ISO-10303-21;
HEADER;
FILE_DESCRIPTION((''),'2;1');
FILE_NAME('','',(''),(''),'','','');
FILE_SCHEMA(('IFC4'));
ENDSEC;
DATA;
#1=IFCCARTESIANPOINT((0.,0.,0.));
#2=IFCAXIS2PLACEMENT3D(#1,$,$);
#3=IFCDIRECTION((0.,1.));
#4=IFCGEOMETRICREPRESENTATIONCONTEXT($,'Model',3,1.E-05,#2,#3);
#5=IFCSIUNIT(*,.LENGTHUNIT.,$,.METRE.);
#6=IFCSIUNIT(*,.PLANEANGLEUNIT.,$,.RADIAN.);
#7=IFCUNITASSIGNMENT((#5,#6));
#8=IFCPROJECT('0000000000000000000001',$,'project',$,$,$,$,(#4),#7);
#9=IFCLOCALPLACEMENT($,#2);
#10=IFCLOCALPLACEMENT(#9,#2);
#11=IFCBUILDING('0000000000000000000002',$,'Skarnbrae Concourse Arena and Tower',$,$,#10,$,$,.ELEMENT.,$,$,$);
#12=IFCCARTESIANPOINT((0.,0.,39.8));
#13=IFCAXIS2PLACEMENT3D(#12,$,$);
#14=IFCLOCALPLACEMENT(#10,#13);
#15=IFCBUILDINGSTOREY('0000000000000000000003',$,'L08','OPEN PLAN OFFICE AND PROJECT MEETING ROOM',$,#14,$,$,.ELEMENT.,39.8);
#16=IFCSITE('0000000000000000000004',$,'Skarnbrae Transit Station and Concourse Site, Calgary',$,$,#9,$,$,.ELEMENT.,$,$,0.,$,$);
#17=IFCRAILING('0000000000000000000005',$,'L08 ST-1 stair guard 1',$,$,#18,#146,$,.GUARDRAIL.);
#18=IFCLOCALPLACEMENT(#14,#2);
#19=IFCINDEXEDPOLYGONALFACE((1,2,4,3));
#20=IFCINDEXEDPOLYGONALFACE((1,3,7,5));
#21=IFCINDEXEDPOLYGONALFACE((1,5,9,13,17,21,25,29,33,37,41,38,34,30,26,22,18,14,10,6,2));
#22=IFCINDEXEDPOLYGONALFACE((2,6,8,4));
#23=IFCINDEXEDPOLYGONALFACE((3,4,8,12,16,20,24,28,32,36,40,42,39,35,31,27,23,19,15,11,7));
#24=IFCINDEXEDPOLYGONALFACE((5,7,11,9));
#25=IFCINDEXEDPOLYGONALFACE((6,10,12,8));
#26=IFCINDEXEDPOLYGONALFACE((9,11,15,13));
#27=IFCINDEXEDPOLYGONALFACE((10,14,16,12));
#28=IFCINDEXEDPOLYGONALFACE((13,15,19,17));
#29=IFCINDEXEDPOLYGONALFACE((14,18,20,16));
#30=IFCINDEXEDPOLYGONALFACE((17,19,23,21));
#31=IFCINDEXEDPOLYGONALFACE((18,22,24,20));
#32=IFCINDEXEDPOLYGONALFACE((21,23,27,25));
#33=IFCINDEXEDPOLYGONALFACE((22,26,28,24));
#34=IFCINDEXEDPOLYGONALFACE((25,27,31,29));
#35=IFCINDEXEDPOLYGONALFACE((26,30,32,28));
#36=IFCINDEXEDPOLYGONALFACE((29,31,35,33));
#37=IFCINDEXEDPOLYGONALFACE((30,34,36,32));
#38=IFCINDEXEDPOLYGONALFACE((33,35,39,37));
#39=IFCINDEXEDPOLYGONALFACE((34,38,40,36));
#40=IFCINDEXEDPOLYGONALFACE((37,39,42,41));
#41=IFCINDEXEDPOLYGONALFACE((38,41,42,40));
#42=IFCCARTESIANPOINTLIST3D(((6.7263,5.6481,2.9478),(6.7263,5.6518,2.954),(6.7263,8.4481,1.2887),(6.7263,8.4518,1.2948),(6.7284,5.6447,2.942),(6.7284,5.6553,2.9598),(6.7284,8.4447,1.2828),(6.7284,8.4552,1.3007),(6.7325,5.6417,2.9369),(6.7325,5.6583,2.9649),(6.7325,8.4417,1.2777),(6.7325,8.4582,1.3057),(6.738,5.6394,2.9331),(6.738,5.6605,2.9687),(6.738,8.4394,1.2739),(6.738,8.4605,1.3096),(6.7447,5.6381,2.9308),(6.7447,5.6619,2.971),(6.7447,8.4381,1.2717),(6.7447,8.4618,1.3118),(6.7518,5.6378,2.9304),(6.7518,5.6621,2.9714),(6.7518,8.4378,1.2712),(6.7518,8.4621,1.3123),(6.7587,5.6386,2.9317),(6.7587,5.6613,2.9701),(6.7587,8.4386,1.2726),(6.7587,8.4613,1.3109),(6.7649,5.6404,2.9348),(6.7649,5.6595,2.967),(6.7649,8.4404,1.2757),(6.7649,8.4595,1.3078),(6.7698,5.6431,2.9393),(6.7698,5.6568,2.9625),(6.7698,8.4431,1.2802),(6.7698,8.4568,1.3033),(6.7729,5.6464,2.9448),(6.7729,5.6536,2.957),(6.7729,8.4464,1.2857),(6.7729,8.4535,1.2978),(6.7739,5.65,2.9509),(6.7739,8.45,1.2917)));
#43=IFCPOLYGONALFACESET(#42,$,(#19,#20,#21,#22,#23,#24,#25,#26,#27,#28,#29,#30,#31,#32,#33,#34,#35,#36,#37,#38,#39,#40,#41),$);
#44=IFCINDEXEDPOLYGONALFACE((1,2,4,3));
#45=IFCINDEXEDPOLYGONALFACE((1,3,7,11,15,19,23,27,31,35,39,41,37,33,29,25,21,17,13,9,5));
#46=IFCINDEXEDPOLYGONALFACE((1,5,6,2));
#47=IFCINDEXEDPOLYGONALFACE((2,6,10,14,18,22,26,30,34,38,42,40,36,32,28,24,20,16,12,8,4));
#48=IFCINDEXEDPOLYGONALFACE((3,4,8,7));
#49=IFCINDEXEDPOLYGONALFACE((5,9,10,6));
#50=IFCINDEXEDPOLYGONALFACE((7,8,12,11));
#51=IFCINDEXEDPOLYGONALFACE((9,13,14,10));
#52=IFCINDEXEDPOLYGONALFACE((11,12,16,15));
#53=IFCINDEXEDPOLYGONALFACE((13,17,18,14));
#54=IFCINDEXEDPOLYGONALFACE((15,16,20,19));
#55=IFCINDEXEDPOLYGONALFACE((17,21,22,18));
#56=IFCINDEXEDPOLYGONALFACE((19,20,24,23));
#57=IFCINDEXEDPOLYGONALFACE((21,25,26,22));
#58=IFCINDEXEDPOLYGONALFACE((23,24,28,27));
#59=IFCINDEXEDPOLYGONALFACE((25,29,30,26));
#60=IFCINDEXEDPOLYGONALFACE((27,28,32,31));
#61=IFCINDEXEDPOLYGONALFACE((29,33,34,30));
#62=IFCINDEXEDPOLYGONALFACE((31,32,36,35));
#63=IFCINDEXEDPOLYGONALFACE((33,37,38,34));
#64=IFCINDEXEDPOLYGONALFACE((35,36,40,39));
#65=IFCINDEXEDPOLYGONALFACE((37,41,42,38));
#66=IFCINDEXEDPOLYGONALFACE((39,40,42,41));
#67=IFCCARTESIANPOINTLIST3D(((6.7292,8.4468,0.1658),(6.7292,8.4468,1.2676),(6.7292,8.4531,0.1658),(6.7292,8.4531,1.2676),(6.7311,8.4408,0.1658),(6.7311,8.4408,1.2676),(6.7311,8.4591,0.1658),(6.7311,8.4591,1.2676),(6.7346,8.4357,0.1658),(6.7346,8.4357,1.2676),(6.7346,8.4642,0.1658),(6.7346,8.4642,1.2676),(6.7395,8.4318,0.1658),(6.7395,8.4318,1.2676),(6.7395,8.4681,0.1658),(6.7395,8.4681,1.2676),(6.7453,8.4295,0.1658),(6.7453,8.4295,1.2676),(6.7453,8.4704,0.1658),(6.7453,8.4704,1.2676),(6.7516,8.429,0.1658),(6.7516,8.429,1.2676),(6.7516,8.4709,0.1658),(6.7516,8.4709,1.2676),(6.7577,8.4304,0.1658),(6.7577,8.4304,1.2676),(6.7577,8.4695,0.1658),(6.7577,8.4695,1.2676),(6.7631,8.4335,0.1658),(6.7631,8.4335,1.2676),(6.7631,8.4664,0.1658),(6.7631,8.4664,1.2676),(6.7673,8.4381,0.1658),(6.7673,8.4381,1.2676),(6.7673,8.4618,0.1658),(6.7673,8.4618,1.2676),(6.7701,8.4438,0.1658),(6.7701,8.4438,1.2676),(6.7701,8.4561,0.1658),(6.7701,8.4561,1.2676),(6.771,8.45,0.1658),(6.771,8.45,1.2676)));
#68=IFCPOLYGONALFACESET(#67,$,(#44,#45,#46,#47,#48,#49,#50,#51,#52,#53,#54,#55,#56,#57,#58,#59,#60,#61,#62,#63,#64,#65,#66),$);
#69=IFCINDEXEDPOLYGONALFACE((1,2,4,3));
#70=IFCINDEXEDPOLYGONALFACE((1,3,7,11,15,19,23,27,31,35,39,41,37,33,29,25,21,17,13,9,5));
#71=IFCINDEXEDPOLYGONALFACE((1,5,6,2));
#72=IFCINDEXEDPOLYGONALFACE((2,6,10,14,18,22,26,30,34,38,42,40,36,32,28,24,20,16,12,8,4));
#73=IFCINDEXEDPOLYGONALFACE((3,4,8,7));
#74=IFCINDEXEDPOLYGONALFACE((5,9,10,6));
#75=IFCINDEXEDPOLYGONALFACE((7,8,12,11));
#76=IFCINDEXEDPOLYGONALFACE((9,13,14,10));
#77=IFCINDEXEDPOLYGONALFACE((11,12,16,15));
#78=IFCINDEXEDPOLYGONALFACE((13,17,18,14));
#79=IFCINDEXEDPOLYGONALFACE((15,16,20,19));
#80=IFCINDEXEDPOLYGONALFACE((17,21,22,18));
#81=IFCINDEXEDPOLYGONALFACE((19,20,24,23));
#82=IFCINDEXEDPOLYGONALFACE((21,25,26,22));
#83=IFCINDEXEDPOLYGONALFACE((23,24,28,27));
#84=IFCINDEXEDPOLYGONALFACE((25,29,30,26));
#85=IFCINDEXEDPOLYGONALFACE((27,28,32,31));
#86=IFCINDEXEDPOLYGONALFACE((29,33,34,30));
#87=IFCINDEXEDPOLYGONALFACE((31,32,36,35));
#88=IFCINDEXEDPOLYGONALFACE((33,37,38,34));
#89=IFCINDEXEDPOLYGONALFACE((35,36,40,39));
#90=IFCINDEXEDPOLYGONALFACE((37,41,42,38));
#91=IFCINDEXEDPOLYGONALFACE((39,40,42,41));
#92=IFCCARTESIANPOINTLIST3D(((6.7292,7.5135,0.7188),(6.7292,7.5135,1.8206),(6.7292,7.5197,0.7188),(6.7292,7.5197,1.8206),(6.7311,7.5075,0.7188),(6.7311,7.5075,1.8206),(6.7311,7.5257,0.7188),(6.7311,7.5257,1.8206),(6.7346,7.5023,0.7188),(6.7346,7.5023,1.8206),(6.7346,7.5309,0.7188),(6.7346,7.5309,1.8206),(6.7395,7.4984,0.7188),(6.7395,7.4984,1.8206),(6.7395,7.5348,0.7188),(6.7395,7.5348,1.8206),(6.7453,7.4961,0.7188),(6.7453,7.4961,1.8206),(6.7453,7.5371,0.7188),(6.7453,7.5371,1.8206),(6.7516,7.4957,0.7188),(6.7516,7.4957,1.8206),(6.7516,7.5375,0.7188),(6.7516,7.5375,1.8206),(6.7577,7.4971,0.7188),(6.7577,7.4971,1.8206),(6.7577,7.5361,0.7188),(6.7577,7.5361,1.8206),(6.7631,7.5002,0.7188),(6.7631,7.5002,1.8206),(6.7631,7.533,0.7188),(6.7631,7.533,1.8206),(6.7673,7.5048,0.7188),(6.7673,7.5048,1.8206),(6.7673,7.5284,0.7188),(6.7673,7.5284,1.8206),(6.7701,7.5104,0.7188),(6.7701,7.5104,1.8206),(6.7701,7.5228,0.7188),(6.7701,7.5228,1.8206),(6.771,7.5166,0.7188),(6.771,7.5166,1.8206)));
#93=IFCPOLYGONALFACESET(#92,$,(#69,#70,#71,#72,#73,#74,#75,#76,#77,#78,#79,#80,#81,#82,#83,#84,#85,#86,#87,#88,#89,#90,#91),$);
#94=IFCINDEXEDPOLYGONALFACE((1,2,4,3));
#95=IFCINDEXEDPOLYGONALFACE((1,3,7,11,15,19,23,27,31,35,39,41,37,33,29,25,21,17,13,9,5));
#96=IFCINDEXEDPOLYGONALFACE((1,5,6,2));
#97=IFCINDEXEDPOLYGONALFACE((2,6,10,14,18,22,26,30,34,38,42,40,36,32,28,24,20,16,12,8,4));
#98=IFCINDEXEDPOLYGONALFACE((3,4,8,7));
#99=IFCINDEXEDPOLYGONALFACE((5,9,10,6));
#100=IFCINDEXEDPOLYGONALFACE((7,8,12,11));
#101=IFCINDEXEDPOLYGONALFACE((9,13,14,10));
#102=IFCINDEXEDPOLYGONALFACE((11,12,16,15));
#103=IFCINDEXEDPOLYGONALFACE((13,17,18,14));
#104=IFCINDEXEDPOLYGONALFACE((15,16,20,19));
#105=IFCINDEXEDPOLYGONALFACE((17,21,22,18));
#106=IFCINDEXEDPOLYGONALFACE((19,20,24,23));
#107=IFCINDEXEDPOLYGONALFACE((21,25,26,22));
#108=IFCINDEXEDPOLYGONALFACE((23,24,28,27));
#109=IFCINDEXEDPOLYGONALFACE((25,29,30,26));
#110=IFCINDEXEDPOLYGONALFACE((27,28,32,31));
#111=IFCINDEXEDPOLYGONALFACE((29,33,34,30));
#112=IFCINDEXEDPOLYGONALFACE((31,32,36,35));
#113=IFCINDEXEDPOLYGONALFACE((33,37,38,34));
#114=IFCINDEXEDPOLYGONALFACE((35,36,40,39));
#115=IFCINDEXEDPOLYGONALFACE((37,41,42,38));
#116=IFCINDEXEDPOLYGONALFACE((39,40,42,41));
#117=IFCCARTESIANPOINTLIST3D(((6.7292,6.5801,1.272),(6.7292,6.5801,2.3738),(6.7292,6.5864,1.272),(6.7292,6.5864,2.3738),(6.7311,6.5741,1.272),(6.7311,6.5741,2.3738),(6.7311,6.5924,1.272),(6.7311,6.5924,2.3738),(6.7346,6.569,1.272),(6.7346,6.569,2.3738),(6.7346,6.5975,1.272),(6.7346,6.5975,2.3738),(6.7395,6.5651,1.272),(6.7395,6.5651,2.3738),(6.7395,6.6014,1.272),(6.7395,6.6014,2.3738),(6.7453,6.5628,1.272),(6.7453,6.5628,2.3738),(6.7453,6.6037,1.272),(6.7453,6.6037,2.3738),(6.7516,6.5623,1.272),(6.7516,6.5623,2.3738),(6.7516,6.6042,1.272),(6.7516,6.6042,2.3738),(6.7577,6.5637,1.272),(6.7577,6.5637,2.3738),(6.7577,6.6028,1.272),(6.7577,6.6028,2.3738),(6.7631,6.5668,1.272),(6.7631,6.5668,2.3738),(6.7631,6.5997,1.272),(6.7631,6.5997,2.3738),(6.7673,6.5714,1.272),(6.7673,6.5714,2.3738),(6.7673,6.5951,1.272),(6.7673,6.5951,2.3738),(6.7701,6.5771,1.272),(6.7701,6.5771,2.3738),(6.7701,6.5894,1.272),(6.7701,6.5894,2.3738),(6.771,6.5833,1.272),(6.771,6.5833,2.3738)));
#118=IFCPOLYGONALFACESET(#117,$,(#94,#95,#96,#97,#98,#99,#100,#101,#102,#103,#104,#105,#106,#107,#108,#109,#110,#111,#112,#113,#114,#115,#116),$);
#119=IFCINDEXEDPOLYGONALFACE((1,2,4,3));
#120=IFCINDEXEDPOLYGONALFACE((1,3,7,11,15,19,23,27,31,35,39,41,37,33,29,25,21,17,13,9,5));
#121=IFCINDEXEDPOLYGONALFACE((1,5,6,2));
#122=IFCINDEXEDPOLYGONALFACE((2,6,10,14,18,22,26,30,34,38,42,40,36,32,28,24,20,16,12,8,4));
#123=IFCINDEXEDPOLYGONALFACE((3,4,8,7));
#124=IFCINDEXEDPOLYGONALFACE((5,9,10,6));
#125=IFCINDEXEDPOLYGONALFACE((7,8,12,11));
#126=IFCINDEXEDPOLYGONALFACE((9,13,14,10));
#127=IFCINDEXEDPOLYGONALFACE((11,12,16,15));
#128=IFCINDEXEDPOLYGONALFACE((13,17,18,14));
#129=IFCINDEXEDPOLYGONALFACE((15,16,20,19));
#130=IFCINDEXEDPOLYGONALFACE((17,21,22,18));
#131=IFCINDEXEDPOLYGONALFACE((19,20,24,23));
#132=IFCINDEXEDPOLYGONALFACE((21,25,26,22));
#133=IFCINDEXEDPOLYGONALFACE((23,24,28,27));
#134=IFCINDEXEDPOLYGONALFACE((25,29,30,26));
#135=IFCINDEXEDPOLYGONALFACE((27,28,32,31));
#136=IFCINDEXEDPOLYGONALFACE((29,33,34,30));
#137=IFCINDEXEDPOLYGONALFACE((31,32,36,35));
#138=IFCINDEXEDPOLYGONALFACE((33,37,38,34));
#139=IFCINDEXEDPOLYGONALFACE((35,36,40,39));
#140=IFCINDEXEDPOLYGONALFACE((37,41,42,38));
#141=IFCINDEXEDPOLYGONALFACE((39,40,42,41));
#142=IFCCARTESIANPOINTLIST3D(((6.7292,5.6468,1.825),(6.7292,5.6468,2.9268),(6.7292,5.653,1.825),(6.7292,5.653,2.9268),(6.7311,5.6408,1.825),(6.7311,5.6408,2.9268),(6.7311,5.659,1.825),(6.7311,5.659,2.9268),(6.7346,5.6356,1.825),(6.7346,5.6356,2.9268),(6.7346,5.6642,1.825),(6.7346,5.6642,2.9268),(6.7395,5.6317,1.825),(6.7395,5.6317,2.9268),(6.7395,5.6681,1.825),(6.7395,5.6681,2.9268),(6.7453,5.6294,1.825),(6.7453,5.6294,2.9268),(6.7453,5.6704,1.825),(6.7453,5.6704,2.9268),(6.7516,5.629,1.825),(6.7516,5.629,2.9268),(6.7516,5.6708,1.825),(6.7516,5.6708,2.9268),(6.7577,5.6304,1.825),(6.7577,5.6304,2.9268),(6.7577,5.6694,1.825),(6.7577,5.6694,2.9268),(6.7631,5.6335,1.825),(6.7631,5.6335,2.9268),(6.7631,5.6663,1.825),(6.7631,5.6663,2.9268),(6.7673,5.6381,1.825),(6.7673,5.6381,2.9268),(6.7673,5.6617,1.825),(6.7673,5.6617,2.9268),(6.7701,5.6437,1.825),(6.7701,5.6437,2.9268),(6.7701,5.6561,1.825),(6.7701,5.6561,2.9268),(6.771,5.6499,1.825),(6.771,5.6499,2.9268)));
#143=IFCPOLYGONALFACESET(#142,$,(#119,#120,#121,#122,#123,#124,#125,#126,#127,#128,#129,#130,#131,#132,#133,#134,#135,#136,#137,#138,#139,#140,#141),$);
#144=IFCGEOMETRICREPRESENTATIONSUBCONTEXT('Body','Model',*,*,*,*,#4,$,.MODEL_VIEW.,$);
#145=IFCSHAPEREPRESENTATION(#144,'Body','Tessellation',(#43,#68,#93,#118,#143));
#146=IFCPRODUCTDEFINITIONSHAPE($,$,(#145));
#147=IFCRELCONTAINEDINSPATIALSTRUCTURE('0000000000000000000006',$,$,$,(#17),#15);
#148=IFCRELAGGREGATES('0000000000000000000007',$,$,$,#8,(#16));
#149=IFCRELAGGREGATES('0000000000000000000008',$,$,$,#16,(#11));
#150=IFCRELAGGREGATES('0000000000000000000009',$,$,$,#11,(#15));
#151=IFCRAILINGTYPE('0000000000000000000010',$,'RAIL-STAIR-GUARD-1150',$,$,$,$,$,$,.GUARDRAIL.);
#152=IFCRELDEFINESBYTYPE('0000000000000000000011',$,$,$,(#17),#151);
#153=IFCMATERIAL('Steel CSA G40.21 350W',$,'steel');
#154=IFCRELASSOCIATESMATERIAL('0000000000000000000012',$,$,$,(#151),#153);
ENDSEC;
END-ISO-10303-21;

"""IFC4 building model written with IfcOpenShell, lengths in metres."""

from ifc_helpers import new_model, si_unit, direction, frame, origin, origin_2d, place, context, subcontext, project, spatial, circle, extrude, material, type_object, element, save


model = new_model("IFC4")

# Units and contexts
model_context = context("Model", 3, precision=1e-05, world=origin(), true_north=direction((0.0, 1.0)))
body_context = subcontext(model_context, "Body", "Model", "MODEL_VIEW")
ifc_project = project(units=[si_unit("LENGTHUNIT", "METRE"), si_unit("PLANEANGLEUNIT", "RADIAN")], contexts=[model_context])

# Site, building, storey
site_placement = place(None, origin())
site = spatial("IfcSite", under=ifc_project, at=site_placement, Name="Skarnbrae Transit Station and Concourse Site, Calgary", CompositionType="ELEMENT", RefElevation=0.0)
building_placement = place(site_placement, origin())
building = spatial("IfcBuilding", under=site, at=building_placement, Name="Skarnbrae Concourse Arena and Tower", CompositionType="ELEMENT")
storey_placement = place(building_placement, frame((0.0, 0.0, 39.8)))
storey = spatial("IfcBuildingStorey", under=building, at=storey_placement, Name="L08", Description="OPEN PLAN OFFICE AND PROJECT MEETING ROOM", CompositionType="ELEMENT", Elevation=39.8)

# Shared definitions
ifc_material_1 = material(Name="Steel CSA G40.21 350W", Category="steel")

# Railing
railing_type_1 = type_object("IfcRailingType", Name="RAIL-STAIR-GUARD-1150", PredefinedType="GUARDRAIL", material=ifc_material_1)
railing_1_placement = place(storey_placement, frame((6.75, 8.45, 0.1658)))
element("IfcRailing", 1, at=railing_1_placement, inside=storey, type_object=railing_type_1, Name="L08 ST-1 stair guard 1", PredefinedType="GUARDRAIL", context=body_context, shape_type="SweptSolid", body=[
    extrude(circle(Radius=0.0239, at=origin_2d()), frame((0.0, 0.0, 1.126), z_axis=(0.0, -0.860306, 0.509778), x_axis=(1.0, 0.0, 0.0)), (0.0, 0.0, 1.0), 3.2546),
    extrude(circle(Radius=0.021, at=origin_2d()), origin(), (0.0, 0.0, 1.0), 1.1018),
    extrude(circle(Radius=0.021, at=origin_2d()), frame((0.0, -0.9333, 0.553)), (0.0, 0.0, 1.0), 1.1018),
    extrude(circle(Radius=0.021, at=origin_2d()), frame((0.0, -1.8667, 1.1062)), (0.0, 0.0, 1.0), 1.1018),
    extrude(circle(Radius=0.021, at=origin_2d()), frame((0.0, -2.8, 1.6592)), (0.0, 0.0, 1.0), 1.1018),
])

save(model, "model.ifc")
